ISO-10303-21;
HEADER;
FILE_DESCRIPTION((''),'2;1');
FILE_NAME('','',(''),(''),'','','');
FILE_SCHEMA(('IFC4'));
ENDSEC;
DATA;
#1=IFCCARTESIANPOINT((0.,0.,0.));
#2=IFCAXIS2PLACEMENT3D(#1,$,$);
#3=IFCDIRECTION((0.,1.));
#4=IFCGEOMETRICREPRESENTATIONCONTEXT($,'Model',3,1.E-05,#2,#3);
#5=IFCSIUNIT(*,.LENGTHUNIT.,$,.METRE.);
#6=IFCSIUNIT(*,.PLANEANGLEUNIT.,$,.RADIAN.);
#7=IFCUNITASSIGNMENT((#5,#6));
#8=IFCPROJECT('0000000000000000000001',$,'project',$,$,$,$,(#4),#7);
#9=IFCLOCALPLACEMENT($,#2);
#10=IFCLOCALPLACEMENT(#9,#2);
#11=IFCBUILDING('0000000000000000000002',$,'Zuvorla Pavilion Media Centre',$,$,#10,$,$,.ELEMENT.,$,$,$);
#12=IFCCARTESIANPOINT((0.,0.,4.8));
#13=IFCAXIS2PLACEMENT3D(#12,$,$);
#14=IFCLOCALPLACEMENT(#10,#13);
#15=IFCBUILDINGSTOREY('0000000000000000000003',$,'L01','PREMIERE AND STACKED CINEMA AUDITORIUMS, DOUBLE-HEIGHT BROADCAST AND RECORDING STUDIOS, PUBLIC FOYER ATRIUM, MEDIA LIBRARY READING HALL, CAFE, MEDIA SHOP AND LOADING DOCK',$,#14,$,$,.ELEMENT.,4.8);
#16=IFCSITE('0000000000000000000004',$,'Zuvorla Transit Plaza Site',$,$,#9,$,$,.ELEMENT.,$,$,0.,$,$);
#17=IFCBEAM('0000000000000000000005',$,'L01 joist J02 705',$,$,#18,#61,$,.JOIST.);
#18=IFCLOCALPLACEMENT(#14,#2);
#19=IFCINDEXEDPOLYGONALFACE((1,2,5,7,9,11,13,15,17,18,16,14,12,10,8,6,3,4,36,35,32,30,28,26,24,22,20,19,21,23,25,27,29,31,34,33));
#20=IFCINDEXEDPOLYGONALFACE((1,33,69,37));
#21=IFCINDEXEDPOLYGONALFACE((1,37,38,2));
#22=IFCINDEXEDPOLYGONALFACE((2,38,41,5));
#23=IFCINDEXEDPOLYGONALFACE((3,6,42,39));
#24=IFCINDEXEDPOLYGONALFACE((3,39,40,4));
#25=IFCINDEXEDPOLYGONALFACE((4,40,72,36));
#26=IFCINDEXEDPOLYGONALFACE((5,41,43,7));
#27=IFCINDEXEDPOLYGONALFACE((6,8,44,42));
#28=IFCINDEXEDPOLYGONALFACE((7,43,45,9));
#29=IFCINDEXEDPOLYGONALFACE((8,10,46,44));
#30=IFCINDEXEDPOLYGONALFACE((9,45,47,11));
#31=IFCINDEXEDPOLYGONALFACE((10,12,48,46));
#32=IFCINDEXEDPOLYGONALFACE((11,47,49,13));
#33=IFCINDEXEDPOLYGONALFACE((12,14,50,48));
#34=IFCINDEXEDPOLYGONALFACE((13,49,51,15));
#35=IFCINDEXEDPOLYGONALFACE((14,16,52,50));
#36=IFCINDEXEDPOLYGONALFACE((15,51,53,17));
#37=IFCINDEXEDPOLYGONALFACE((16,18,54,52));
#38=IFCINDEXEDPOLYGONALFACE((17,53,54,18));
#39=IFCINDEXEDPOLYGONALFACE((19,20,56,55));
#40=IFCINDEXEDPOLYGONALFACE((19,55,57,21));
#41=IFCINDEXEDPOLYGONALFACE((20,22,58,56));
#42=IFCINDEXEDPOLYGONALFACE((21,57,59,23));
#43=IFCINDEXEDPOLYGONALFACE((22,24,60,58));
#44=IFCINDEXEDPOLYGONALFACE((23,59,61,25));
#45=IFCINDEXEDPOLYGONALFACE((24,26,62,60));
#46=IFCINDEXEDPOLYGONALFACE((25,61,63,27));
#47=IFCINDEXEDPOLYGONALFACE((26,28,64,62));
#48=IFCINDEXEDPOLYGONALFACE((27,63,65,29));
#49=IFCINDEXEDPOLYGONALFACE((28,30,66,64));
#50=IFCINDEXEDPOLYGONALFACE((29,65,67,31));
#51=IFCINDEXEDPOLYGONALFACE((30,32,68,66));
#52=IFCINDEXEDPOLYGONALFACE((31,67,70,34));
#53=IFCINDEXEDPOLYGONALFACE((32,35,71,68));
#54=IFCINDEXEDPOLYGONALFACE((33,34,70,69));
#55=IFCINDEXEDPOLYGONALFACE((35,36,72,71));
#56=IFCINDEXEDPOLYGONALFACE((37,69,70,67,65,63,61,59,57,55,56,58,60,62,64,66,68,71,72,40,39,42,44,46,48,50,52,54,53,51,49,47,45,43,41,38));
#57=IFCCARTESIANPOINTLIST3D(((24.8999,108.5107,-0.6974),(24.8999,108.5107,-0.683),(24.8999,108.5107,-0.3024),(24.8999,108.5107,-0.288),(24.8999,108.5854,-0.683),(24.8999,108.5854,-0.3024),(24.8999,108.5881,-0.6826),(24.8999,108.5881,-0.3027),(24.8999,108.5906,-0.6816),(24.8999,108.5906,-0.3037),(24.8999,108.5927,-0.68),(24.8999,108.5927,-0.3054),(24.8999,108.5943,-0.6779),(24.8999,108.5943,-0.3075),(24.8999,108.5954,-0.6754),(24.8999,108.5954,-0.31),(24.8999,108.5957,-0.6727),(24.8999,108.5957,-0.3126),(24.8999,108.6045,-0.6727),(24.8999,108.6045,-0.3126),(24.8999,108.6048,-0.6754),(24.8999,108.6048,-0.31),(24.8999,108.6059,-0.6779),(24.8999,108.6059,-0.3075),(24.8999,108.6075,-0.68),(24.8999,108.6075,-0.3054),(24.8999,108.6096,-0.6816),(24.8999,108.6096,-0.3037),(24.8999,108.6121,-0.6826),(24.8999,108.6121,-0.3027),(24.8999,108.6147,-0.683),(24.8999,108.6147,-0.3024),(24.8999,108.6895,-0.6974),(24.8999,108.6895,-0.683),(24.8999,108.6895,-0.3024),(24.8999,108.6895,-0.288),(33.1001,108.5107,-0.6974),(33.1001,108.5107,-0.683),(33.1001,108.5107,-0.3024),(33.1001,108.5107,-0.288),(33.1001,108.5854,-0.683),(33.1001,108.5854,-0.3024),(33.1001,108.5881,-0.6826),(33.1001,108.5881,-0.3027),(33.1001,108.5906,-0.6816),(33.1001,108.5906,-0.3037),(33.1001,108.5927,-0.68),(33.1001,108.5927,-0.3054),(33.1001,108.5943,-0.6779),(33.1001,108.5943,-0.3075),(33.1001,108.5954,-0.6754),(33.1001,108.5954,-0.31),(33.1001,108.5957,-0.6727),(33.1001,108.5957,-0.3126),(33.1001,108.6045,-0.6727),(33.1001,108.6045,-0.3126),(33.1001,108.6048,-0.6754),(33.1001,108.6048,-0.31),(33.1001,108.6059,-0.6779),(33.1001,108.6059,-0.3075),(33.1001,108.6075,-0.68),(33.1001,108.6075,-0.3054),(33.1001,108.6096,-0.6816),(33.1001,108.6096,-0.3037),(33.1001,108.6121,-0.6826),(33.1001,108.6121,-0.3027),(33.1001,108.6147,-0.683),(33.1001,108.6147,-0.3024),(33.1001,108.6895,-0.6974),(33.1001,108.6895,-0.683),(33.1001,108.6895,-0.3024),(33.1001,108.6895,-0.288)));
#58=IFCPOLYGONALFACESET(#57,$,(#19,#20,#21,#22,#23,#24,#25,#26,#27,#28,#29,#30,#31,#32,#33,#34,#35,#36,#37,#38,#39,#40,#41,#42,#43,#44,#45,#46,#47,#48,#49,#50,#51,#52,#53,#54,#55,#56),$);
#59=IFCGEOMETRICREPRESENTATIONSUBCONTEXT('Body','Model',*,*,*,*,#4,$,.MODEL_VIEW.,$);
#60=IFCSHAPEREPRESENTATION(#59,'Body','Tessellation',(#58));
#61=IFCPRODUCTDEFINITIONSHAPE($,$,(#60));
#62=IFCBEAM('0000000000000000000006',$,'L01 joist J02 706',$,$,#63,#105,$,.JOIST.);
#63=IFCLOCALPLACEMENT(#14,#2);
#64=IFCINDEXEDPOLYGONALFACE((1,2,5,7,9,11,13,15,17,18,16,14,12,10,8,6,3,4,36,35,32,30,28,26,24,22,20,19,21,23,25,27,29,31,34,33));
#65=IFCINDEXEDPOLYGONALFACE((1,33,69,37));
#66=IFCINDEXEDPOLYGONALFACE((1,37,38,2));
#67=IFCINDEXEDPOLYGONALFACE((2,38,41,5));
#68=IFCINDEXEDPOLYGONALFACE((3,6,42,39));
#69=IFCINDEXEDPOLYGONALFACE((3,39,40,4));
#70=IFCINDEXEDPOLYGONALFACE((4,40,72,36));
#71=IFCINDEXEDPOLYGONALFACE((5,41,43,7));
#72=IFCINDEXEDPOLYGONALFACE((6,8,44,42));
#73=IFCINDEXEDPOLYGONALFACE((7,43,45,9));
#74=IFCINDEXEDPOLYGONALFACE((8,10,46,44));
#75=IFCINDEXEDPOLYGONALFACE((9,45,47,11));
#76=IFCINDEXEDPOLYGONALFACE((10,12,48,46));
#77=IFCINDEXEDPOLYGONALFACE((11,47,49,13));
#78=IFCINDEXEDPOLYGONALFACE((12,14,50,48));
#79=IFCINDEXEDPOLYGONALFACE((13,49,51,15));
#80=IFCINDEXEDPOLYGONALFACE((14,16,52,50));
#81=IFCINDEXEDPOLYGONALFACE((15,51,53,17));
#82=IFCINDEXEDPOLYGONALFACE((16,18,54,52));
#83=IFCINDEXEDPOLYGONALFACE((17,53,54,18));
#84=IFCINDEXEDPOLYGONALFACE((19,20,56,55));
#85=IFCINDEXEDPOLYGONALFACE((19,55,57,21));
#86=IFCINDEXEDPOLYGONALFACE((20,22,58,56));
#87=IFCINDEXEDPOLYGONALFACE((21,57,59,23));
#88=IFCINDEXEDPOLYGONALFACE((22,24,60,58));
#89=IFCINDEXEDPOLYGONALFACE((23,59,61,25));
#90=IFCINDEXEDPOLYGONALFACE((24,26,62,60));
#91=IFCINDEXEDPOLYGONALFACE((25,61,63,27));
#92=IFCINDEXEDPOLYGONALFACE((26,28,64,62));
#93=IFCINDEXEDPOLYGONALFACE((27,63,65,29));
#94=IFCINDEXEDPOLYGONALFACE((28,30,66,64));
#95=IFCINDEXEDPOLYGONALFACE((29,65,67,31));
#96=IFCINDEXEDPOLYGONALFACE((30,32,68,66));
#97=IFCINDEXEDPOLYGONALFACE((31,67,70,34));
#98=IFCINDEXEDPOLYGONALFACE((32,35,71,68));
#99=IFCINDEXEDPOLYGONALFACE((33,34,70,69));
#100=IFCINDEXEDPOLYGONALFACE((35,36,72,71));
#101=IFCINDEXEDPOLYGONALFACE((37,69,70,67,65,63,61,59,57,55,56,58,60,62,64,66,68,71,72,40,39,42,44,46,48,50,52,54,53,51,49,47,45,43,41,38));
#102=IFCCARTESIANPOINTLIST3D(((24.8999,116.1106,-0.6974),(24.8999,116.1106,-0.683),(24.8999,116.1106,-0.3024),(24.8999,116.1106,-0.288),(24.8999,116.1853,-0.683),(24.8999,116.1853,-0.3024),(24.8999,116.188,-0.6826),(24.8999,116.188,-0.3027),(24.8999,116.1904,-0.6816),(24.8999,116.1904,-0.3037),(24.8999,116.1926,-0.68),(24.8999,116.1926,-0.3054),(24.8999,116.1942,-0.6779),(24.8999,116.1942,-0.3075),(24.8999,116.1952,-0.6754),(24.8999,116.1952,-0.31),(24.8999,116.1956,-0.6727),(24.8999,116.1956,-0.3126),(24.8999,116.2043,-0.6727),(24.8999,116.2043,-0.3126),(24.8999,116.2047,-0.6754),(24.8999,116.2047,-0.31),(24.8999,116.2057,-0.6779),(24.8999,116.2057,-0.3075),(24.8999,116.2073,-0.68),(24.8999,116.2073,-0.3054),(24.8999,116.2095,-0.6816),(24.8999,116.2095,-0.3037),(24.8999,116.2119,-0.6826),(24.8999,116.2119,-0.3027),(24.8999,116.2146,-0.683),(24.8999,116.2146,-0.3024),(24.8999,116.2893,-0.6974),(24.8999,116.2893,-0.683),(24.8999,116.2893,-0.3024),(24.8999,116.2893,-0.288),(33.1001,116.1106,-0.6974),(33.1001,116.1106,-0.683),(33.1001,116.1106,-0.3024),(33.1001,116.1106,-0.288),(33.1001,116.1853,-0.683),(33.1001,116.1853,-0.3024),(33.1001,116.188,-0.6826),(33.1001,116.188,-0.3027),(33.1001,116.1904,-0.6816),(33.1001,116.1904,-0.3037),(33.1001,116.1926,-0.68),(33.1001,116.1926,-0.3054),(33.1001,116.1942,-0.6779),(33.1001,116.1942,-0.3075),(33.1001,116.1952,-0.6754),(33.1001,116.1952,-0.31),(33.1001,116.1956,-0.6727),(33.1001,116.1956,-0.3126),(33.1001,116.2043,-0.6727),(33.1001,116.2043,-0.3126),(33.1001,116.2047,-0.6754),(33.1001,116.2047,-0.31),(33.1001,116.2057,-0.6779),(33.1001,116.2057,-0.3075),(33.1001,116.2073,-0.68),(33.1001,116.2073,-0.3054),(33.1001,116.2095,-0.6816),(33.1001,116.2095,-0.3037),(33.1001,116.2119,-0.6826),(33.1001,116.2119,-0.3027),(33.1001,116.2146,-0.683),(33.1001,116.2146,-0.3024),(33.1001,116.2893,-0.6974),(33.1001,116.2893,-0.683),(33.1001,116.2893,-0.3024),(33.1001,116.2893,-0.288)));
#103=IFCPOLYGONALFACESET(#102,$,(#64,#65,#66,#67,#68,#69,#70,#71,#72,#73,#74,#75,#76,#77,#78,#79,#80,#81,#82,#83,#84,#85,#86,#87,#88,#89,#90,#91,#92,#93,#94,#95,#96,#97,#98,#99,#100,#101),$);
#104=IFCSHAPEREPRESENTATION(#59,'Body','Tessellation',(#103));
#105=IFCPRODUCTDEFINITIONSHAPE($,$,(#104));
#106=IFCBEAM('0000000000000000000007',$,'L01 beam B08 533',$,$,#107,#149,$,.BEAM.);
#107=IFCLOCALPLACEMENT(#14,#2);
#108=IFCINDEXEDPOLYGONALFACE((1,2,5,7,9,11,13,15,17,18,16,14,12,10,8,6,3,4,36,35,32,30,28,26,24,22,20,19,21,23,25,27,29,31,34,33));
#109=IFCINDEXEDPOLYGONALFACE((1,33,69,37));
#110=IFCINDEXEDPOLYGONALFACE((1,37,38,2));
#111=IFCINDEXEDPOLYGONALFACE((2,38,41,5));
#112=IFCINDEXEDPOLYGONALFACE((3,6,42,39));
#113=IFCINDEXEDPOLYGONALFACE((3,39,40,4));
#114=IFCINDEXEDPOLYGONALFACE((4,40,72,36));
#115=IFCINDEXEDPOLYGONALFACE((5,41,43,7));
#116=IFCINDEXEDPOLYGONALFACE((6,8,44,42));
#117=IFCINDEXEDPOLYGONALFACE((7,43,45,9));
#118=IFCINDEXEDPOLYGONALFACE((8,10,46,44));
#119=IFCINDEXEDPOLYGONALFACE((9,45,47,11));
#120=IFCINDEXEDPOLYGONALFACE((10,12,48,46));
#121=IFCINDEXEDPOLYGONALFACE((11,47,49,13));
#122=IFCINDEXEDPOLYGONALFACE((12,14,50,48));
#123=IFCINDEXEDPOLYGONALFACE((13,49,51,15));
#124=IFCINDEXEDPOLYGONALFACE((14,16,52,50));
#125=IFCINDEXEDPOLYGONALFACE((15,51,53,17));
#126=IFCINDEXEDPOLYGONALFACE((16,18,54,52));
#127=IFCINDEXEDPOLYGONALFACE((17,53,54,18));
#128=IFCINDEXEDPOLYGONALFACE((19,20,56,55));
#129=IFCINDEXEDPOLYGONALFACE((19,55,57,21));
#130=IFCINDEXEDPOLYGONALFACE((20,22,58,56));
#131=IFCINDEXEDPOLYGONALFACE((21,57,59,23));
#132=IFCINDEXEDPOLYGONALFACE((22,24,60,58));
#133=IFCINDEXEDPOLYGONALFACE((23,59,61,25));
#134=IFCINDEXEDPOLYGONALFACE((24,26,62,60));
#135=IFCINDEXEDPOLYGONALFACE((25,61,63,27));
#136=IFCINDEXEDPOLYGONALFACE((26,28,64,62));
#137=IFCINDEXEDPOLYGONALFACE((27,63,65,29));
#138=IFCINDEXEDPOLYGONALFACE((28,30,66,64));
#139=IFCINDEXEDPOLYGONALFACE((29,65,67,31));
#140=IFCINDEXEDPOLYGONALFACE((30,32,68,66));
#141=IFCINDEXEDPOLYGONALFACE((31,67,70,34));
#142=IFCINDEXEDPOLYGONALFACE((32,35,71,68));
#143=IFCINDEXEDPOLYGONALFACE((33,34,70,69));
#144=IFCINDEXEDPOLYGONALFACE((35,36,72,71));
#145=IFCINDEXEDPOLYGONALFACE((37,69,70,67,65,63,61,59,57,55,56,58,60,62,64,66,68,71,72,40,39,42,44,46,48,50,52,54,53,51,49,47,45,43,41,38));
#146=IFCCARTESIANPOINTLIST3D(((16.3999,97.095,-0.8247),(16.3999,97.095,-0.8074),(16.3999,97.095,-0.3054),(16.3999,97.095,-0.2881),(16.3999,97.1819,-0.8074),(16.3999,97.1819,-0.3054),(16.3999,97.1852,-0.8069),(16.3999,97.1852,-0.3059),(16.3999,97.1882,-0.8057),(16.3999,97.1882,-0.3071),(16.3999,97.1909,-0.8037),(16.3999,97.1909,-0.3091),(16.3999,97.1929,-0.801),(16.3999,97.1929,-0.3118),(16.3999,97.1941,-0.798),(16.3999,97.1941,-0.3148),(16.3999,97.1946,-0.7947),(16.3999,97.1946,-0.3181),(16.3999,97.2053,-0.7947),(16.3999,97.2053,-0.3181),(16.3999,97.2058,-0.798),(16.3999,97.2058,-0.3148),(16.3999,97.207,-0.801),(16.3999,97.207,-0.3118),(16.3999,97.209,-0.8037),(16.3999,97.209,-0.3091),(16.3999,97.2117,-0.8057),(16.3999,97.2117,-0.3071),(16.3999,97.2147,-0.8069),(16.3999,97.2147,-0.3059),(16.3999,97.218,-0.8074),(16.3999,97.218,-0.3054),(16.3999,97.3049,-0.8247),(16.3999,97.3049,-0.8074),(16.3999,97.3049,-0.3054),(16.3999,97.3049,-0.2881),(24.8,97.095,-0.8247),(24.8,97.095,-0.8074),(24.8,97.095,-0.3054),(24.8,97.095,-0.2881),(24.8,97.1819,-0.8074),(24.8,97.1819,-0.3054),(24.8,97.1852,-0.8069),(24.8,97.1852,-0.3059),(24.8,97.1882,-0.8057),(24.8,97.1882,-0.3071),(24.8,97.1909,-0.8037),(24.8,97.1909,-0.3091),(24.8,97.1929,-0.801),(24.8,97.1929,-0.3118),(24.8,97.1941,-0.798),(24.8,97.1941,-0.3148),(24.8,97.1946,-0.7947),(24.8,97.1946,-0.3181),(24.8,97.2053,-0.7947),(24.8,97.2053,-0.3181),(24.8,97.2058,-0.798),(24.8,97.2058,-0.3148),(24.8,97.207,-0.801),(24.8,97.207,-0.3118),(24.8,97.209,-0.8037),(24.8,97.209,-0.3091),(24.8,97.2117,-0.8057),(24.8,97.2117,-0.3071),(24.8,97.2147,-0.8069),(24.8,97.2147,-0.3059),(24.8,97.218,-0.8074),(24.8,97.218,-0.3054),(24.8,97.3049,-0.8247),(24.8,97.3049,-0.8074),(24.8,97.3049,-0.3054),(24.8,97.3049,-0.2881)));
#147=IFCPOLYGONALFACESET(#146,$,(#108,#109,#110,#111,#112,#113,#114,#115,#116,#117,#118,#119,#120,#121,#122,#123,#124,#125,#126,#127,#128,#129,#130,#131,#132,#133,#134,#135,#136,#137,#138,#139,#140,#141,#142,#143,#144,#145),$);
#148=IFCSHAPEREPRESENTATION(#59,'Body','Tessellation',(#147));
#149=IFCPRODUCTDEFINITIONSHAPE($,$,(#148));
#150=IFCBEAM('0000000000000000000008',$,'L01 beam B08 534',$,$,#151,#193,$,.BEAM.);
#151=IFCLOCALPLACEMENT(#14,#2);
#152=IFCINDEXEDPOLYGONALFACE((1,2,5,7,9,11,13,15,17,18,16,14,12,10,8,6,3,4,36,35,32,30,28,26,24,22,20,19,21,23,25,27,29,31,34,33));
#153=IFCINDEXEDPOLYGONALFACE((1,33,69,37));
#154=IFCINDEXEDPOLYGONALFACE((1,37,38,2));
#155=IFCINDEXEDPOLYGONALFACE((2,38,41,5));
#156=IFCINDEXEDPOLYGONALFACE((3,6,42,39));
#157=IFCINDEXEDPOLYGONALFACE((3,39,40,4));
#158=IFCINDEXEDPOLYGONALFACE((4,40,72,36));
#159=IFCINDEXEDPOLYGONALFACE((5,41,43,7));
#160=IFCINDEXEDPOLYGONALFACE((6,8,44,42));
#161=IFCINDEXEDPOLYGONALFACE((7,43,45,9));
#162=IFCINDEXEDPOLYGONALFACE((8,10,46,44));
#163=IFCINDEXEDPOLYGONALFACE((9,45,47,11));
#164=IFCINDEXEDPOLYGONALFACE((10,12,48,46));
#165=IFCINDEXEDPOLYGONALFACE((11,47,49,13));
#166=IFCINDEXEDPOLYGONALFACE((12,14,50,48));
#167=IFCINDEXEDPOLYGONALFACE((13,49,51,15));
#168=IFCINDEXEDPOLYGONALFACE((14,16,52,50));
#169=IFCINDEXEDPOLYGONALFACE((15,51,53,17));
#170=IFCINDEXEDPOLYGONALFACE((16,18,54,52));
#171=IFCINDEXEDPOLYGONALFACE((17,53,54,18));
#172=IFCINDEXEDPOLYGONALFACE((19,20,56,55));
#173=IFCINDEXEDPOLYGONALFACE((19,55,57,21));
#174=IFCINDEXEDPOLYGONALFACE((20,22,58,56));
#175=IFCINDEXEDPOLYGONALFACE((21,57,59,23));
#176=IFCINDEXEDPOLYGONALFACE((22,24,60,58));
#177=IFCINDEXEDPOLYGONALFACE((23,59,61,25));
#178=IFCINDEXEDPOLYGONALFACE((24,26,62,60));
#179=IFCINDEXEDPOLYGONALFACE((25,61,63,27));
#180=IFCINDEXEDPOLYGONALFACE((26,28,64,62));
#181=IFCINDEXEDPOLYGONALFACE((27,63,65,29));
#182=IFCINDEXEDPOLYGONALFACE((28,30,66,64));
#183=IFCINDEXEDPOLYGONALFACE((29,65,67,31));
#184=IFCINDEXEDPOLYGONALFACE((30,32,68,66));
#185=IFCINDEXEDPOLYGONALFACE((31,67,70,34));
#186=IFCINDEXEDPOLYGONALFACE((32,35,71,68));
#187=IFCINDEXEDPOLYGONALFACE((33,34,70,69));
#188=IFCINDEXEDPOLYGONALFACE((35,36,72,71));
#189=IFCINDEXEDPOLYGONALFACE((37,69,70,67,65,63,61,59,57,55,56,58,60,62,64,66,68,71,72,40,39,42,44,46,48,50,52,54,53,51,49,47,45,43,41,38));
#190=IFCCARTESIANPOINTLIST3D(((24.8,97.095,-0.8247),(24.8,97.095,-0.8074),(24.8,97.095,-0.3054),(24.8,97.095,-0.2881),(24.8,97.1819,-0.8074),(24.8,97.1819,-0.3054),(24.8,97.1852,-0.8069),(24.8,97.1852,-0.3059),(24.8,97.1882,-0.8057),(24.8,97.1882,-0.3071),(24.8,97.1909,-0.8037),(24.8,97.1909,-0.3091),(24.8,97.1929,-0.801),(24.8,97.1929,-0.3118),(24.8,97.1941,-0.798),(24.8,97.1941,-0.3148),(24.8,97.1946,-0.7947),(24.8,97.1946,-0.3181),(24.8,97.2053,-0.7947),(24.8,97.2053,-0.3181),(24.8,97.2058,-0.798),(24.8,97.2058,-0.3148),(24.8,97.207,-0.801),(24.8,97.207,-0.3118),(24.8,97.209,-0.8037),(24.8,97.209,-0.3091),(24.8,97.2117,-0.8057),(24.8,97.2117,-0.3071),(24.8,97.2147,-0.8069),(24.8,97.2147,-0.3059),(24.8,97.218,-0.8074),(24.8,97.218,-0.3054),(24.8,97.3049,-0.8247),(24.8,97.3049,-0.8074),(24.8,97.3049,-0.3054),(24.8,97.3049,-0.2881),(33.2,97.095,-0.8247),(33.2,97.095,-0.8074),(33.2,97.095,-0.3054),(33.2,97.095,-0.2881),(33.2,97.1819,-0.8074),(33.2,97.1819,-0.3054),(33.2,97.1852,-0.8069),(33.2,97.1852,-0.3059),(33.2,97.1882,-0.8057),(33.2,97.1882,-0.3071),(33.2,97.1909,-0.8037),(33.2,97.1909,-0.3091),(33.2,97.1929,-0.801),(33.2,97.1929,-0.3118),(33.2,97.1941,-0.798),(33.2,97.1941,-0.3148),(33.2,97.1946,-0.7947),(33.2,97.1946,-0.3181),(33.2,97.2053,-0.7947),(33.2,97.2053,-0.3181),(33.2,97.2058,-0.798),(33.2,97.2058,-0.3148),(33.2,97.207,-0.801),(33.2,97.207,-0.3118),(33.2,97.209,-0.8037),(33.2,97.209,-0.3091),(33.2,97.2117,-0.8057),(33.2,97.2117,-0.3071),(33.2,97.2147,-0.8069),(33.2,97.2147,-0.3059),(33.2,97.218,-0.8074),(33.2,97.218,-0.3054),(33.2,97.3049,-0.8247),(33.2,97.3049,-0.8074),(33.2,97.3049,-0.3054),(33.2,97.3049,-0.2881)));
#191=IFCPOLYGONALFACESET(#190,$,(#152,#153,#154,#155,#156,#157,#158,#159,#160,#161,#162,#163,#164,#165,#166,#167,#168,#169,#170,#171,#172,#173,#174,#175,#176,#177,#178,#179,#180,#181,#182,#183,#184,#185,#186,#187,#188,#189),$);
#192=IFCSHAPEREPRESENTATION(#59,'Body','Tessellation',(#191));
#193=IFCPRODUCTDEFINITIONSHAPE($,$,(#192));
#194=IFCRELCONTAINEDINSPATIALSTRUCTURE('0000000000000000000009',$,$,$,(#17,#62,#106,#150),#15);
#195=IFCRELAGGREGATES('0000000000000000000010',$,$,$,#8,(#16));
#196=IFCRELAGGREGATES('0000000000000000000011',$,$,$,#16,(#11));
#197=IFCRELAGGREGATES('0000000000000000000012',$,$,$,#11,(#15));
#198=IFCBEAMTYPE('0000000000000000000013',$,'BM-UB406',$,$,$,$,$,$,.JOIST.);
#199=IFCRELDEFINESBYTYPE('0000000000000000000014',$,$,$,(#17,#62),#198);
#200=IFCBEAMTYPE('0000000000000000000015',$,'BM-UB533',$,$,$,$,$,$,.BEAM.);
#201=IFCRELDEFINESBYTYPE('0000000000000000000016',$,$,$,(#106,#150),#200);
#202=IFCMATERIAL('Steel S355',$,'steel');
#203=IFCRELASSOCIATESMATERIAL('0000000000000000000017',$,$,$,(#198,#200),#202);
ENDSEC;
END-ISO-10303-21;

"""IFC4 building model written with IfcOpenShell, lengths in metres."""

from ifc_helpers import new_model, si_unit, direction, frame, origin, origin_2d, place, context, subcontext, project, spatial, i_section, extrude, material, material_profile, profile_set, type_object, element, save


model = new_model("IFC4")

# Units and contexts
model_context = context("Model", 3, precision=1e-05, world=origin(), true_north=direction((0.0, 1.0)))
body_context = subcontext(model_context, "Body", "Model", "MODEL_VIEW")
ifc_project = project(units=[si_unit("LENGTHUNIT", "METRE"), si_unit("PLANEANGLEUNIT", "RADIAN")], contexts=[model_context])

# Site, building, storey
site_placement = place(None, origin())
site = spatial("IfcSite", under=ifc_project, at=site_placement, Name="Zuvorla Transit Plaza Site", CompositionType="ELEMENT", RefElevation=0.0)
building_placement = place(site_placement, origin())
building = spatial("IfcBuilding", under=site, at=building_placement, Name="Zuvorla Pavilion Media Centre", CompositionType="ELEMENT")
storey_placement = place(building_placement, frame((0.0, 0.0, 4.8)))
storey = spatial("IfcBuildingStorey", under=building, at=storey_placement, Name="L01", Description="PREMIERE AND STACKED CINEMA AUDITORIUMS, DOUBLE-HEIGHT BROADCAST AND RECORDING STUDIOS, PUBLIC FOYER ATRIUM, MEDIA LIBRARY READING HALL, CAFE, MEDIA SHOP AND LOADING DOCK", CompositionType="ELEMENT", Elevation=4.8)

# Shared definitions
ifc_material_1 = material(Name="Steel S355", Category="steel")

# Beams
ifc_material_profile_1 = material_profile(ifc_material_1, i_section(OverallWidth=0.1787, OverallDepth=0.4094, WebThickness=0.0088, FlangeThickness=0.0144, FilletRadius=0.0103, at=origin_2d()), Name="UB 406x178x67")
ifc_profile_set_1 = profile_set([ifc_material_profile_1], Name="Steel S355")
beam_type_1 = type_object("IfcBeamType", Name="BM-UB406", PredefinedType="JOIST", material=ifc_profile_set_1)
for number, where, z_axis, x_axis, name in (
    (1, (24.8999, 108.6001, -0.4927), (1.0, 0.0, 0.0), (0.0, 1.0, 0.0), "L01 joist J02 705"),
    (2, (24.8999, 116.2, -0.4927), (1.0, 0.0, 0.0), (0.0, 1.0, 0.0), "L01 joist J02 706"),
):
    element("IfcBeam", number, at=place(storey_placement, frame(where, z_axis=z_axis, x_axis=x_axis)), inside=storey, type_object=beam_type_1, Name=name, PredefinedType="JOIST", context=body_context, shape_type="SweptSolid", body=[
        extrude(i_section(OverallWidth=0.1787, OverallDepth=0.4094, WebThickness=0.0088, FlangeThickness=0.0144, FilletRadius=0.0103, at=origin_2d()), origin(), (0.0, 0.0, 1.0), 8.2002),
    ])
ifc_material_profile_2 = material_profile(ifc_material_1, i_section(OverallWidth=0.21, OverallDepth=0.5366, WebThickness=0.0107, FlangeThickness=0.0173, FilletRadius=0.0127, at=origin_2d()), Name="UB 533x210x101")
ifc_profile_set_2 = profile_set([ifc_material_profile_2], Name="Steel S355")
beam_type_2 = type_object("IfcBeamType", Name="BM-UB533", PredefinedType="BEAM", material=ifc_profile_set_2)
beam_1_placement = place(storey_placement, frame((16.3999, 97.2, -0.5564), z_axis=(1.0, 0.0, 0.0), x_axis=(0.0, 1.0, 0.0)))
element("IfcBeam", 3, at=beam_1_placement, inside=storey, type_object=beam_type_2, Name="L01 beam B08 533", PredefinedType="BEAM", context=body_context, shape_type="SweptSolid", body=[
    extrude(i_section(OverallWidth=0.21, OverallDepth=0.5366, WebThickness=0.0107, FlangeThickness=0.0173, FilletRadius=0.0127, at=origin_2d()), origin(), (0.0, 0.0, 1.0), 8.4001),
])
beam_2_placement = place(storey_placement, frame((24.8, 97.2, -0.5564), z_axis=(1.0, 0.0, 0.0), x_axis=(0.0, 1.0, 0.0)))
element("IfcBeam", 4, at=beam_2_placement, inside=storey, type_object=beam_type_2, Name="L01 beam B08 534", PredefinedType="BEAM", context=body_context, shape_type="SweptSolid", body=[
    extrude(i_section(OverallWidth=0.21, OverallDepth=0.5366, WebThickness=0.0107, FlangeThickness=0.0173, FilletRadius=0.0127, at=origin_2d()), origin(), (0.0, 0.0, 1.0), 8.3999),
])

save(model, "model.ifc")
